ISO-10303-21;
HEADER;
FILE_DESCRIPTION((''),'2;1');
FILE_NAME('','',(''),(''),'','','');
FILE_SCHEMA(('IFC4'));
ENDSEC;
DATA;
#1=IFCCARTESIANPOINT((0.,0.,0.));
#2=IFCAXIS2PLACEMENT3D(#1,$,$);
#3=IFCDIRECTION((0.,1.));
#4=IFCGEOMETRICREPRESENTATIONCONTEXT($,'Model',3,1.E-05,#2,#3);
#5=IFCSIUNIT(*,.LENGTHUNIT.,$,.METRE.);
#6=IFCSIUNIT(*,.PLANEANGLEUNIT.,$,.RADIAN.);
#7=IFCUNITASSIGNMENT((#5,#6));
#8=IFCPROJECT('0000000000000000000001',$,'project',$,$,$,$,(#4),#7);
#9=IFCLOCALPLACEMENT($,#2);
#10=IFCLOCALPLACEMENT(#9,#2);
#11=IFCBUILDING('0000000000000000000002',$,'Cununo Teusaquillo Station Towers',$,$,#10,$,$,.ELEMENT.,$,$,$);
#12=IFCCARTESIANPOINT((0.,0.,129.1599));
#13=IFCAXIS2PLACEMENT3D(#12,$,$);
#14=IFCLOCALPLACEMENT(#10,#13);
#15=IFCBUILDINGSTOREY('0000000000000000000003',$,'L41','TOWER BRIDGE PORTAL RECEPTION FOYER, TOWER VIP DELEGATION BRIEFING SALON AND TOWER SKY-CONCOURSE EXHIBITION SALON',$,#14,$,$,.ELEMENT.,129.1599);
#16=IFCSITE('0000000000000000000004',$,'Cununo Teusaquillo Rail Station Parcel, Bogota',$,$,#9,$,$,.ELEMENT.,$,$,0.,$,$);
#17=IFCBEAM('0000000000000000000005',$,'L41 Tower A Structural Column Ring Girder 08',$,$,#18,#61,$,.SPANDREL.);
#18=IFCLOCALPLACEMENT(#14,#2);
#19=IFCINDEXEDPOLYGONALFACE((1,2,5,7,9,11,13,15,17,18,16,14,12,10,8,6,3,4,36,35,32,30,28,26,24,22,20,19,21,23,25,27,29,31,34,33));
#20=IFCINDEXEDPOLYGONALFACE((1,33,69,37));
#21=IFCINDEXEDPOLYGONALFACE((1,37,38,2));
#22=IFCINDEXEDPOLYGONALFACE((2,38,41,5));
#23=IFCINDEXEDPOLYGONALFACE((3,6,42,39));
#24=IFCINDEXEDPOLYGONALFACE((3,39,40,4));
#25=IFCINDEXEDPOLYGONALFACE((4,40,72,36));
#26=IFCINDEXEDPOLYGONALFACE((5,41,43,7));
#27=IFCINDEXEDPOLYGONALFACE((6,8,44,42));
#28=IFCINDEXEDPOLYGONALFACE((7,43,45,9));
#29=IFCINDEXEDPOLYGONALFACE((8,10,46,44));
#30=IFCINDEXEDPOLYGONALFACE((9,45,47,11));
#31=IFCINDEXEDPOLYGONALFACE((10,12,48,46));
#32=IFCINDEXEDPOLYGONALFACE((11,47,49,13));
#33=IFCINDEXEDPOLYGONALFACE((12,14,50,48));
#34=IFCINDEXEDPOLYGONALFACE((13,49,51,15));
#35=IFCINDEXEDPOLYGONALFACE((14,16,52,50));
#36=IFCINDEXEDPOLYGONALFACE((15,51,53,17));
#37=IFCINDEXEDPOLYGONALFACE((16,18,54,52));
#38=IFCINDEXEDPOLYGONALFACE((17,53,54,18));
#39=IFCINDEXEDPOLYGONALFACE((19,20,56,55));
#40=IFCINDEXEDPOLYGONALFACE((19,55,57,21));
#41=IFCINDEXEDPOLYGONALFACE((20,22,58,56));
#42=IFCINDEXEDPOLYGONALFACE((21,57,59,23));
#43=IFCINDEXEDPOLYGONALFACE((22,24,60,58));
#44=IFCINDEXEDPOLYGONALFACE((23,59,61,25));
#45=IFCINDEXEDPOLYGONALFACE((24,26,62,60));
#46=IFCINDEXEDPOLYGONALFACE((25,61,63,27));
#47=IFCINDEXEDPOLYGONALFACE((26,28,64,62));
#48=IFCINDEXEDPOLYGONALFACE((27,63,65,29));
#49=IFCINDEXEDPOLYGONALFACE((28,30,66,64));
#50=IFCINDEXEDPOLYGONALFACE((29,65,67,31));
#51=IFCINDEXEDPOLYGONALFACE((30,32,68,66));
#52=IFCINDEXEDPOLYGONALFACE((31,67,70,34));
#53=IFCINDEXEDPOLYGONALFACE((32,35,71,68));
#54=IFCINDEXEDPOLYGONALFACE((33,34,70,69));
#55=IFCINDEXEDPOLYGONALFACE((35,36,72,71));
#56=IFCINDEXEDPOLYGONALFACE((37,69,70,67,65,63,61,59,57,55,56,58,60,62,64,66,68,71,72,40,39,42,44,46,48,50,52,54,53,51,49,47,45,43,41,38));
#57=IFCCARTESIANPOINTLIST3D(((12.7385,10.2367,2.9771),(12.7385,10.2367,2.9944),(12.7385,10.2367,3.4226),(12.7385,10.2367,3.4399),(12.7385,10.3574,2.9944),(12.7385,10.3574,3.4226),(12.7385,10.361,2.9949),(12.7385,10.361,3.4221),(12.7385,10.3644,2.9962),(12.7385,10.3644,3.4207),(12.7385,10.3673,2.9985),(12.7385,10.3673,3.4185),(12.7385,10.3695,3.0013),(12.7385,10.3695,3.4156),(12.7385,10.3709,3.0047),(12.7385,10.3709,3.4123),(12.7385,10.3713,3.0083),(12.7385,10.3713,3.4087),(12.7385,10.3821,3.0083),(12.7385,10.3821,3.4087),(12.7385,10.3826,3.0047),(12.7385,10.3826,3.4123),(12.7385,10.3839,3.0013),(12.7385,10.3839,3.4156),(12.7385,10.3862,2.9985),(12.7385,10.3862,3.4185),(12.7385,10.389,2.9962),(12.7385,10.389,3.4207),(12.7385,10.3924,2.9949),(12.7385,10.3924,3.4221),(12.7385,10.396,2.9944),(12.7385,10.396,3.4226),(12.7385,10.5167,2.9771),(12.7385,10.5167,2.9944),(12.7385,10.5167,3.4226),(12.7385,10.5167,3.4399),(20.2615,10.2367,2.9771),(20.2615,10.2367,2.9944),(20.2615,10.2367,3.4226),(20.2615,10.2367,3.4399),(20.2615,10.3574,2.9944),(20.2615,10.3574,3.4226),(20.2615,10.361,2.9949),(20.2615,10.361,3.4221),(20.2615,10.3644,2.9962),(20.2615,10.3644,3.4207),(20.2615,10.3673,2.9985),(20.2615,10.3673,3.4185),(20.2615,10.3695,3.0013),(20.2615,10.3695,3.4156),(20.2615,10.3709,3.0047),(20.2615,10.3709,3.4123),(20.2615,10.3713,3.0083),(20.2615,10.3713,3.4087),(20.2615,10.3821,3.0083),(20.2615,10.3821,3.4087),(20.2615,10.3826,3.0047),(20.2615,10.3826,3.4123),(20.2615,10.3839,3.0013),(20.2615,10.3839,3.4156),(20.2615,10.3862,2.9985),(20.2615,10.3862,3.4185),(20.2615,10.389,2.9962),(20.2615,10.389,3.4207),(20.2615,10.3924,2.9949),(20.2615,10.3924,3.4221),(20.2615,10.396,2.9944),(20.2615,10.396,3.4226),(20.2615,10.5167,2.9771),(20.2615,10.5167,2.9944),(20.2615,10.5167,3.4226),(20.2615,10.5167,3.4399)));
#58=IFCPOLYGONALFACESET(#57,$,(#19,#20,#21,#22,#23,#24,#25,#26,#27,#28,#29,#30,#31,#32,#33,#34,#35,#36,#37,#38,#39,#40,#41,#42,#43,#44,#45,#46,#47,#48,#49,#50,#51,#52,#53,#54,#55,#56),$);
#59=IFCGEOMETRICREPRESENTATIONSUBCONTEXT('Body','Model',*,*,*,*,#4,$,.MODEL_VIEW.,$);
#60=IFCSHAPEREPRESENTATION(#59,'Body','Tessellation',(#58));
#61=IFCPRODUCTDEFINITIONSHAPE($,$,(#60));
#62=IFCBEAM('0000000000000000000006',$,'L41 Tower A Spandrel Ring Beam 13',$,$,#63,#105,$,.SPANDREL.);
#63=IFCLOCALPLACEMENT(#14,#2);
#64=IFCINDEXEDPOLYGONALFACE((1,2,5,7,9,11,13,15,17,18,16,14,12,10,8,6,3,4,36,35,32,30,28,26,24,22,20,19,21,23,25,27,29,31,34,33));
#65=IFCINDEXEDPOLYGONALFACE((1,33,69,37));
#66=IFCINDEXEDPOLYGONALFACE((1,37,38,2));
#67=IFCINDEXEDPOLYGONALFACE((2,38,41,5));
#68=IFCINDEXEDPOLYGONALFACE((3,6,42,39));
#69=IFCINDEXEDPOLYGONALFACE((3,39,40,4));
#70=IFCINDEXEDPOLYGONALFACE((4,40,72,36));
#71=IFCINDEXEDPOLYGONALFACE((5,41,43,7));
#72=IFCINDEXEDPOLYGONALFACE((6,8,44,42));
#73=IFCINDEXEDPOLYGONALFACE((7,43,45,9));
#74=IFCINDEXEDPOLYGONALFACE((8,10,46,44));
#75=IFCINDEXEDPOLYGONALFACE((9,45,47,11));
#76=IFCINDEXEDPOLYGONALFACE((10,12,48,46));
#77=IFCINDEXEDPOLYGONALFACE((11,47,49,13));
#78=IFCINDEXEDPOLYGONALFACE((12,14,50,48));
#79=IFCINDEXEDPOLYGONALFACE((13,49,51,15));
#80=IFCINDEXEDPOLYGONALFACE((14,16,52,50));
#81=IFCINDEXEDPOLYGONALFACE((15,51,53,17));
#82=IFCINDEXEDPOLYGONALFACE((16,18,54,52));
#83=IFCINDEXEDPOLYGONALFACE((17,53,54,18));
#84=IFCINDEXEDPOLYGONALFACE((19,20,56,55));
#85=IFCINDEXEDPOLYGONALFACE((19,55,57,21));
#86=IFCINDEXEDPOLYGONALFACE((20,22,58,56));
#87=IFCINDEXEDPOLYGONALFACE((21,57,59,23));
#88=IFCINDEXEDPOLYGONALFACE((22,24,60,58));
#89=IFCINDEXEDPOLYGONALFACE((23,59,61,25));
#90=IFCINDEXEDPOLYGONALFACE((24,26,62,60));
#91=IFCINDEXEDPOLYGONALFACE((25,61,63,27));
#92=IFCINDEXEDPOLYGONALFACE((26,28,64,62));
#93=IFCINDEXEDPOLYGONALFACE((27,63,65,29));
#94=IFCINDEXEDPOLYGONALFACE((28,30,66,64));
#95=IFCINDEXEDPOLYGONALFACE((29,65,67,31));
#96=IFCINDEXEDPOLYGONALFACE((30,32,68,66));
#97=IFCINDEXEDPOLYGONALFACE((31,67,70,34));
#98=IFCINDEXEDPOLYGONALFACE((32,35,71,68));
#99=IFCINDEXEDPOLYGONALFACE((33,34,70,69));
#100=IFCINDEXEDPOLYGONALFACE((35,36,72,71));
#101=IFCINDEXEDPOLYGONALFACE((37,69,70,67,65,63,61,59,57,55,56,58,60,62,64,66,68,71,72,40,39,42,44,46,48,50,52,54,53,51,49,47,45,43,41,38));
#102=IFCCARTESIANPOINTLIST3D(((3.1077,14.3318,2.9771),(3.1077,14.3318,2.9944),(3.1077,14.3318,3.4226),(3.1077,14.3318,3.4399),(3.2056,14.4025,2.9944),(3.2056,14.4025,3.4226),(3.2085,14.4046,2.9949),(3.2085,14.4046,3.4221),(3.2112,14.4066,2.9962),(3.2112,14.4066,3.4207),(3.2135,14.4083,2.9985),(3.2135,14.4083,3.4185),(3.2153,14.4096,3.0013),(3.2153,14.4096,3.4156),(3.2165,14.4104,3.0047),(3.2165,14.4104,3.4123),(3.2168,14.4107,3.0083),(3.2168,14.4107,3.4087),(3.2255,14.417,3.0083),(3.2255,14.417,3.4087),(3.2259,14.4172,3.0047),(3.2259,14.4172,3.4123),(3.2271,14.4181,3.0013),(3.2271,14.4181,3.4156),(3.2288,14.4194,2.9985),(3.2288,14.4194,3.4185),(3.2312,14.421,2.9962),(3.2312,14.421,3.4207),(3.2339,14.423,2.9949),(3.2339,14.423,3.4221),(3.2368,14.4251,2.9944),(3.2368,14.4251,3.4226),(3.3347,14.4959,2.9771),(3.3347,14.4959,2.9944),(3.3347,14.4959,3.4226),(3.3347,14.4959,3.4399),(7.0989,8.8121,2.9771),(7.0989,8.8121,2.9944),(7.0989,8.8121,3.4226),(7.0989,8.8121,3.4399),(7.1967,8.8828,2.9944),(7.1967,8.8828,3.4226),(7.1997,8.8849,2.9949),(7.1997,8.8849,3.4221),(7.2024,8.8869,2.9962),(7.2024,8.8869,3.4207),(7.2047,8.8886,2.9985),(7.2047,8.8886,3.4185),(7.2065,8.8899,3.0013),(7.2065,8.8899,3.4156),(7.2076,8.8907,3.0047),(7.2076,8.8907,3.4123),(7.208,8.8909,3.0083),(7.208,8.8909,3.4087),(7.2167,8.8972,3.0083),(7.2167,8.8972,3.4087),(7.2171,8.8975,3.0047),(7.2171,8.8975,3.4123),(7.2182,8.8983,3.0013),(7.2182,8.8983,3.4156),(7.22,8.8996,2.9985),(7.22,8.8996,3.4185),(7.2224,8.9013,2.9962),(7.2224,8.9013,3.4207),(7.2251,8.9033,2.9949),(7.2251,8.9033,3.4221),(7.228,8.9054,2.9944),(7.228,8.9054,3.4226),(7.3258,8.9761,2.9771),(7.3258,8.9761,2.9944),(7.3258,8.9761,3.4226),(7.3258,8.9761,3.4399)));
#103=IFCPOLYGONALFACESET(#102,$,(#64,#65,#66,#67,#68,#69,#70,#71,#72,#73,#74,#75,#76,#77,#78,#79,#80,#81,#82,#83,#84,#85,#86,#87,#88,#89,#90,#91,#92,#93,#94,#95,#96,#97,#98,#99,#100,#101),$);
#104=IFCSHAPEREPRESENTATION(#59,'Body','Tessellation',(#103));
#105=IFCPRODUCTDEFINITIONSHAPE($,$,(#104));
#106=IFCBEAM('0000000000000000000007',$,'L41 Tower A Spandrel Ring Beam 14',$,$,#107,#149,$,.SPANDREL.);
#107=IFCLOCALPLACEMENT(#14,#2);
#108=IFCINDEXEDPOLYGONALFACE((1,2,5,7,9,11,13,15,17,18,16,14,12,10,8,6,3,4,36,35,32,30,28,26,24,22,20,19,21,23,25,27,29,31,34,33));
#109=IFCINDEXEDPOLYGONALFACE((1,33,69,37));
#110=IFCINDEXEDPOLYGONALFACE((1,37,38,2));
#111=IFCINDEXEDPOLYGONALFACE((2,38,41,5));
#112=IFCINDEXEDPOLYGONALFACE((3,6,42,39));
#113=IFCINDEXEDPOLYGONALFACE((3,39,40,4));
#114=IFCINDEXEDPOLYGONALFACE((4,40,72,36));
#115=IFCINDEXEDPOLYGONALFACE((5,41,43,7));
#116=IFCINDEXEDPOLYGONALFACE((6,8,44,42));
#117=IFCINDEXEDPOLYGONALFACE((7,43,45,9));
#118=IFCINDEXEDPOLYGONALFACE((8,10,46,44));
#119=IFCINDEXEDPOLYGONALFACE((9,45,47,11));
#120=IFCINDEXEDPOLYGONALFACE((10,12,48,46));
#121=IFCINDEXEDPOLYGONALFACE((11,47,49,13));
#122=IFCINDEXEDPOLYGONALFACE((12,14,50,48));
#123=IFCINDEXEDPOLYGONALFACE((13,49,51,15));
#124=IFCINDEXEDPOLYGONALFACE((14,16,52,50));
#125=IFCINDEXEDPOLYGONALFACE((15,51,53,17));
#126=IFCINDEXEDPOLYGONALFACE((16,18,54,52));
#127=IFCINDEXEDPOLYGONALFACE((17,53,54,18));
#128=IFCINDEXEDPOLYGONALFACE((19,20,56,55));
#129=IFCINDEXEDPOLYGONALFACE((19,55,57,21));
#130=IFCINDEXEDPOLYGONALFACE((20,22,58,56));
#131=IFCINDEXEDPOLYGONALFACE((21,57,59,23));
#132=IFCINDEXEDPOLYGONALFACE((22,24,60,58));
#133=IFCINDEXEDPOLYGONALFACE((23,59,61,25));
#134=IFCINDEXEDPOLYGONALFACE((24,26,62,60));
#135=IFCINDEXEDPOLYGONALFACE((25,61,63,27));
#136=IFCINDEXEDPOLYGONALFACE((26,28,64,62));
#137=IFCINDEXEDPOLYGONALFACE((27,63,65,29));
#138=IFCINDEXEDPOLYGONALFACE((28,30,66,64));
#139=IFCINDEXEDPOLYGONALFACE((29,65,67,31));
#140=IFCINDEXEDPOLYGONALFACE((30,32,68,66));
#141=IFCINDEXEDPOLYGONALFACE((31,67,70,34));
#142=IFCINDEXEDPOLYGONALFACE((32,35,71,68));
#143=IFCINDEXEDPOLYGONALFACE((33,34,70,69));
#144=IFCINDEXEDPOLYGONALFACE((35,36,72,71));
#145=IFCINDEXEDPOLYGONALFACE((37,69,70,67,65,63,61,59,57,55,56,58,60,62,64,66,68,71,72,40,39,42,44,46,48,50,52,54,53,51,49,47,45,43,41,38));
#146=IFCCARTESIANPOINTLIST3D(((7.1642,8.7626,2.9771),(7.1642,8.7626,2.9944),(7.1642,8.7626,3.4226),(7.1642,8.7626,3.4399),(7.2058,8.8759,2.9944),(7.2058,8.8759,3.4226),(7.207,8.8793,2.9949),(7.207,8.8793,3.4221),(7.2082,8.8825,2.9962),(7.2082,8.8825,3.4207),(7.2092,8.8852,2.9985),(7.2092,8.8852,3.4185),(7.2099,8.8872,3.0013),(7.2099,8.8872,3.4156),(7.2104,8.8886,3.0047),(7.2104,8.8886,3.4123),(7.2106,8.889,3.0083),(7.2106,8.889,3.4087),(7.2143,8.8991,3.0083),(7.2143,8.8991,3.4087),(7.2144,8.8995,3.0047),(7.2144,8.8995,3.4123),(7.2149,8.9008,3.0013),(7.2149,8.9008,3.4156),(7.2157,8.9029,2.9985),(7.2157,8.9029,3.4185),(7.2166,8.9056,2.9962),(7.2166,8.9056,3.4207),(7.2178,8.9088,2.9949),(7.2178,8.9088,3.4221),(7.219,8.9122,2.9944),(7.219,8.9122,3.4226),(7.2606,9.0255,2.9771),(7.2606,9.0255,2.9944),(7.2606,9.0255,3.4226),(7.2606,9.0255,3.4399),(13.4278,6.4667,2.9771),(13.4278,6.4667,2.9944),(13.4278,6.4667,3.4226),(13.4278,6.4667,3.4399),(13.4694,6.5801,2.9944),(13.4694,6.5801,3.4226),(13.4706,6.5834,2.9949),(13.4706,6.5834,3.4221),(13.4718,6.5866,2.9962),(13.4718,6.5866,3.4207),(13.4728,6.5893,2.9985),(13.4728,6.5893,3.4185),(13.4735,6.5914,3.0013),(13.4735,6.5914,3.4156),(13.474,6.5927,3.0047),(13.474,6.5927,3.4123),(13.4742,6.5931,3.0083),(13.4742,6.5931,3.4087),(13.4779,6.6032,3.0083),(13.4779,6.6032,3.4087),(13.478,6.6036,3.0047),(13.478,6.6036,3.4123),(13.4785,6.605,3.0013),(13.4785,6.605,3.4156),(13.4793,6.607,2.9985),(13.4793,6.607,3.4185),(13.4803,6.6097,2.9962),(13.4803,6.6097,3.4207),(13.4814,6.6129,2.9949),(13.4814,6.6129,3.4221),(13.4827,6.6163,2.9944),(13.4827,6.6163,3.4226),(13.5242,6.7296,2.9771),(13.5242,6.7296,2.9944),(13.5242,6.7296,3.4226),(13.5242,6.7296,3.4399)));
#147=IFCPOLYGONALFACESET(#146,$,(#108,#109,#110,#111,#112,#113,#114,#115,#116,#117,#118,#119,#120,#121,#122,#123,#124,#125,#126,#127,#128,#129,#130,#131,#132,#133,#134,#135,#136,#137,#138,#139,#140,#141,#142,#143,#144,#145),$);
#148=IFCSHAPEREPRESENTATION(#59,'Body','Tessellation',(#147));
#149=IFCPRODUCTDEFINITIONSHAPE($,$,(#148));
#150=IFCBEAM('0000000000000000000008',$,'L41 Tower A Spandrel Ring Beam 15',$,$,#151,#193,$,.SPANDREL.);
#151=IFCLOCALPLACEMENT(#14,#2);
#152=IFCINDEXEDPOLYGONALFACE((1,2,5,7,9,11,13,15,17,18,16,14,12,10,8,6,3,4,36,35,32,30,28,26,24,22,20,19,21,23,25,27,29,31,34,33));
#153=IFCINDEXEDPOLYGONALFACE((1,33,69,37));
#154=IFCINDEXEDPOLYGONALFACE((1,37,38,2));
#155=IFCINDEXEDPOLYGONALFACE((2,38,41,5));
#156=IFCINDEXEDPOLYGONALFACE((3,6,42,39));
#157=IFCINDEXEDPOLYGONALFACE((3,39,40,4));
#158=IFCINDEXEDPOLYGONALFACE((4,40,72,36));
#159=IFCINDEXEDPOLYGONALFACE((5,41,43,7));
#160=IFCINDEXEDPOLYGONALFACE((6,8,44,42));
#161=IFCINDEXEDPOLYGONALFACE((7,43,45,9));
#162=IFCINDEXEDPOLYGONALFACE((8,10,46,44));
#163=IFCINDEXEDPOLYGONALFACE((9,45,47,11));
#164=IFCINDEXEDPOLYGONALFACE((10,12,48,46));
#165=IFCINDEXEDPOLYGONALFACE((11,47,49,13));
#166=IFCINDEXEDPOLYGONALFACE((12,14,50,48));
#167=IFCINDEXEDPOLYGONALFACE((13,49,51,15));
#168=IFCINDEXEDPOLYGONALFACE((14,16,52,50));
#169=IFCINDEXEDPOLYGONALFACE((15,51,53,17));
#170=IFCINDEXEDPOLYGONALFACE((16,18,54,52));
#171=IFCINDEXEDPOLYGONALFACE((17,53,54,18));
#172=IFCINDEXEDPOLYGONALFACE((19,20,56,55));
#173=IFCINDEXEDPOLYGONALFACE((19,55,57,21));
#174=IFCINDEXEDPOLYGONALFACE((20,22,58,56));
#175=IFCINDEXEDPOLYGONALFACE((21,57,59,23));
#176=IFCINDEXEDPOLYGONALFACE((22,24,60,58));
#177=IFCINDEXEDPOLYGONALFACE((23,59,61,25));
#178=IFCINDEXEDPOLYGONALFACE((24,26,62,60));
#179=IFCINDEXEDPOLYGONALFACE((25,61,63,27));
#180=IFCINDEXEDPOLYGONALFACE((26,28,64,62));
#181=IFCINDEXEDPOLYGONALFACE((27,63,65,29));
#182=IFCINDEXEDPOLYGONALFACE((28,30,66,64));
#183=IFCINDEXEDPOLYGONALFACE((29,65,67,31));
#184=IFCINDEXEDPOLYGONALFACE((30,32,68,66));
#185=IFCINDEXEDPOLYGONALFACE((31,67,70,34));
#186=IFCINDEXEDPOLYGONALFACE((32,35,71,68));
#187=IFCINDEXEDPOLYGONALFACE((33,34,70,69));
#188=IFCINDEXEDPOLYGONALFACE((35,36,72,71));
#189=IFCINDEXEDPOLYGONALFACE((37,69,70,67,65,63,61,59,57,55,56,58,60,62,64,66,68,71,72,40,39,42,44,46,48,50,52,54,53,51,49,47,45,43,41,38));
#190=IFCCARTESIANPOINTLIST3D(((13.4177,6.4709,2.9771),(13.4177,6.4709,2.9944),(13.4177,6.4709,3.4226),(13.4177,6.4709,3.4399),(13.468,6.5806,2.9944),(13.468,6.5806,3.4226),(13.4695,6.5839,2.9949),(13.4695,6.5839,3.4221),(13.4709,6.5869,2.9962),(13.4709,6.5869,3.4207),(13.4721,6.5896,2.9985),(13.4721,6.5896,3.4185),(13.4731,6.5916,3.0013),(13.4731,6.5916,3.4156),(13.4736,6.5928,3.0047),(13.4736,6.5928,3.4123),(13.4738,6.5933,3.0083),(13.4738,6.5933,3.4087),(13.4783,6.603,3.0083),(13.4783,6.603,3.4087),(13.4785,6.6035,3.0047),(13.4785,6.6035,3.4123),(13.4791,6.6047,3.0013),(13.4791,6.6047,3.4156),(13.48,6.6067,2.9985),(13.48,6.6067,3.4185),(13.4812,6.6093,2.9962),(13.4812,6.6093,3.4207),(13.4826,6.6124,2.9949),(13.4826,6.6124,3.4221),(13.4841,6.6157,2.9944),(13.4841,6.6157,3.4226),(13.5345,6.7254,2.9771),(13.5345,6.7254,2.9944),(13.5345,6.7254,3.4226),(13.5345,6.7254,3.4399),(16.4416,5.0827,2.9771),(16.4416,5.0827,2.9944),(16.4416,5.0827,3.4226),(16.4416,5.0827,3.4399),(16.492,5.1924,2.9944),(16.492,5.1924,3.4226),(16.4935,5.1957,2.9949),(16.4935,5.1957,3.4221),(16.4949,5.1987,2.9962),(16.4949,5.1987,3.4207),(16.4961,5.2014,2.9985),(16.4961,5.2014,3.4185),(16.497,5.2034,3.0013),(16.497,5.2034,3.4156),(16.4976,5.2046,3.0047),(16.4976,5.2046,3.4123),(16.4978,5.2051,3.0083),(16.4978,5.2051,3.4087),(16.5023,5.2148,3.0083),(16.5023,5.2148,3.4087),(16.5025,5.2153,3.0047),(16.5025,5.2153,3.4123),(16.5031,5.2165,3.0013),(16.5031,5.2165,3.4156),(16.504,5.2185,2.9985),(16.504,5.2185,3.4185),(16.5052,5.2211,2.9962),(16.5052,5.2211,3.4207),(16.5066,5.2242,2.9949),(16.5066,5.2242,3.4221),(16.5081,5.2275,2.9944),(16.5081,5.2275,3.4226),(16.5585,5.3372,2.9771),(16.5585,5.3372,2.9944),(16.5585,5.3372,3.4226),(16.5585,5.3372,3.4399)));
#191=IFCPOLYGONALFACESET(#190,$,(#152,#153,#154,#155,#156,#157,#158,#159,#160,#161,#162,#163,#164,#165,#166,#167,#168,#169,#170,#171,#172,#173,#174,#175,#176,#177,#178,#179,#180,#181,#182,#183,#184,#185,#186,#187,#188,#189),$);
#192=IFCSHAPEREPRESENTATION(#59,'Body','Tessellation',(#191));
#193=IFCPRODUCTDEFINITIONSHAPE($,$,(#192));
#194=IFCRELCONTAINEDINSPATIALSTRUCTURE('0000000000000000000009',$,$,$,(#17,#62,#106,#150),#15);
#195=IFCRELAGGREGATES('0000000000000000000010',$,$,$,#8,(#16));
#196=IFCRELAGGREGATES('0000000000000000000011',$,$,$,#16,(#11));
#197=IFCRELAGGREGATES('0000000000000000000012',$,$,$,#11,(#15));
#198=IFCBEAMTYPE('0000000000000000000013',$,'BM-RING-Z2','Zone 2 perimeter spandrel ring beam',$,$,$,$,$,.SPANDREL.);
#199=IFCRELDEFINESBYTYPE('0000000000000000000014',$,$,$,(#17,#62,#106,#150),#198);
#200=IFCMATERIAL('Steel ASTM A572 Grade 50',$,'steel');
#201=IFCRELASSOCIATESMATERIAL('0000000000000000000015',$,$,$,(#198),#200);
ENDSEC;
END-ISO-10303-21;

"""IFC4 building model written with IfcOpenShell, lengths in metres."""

from ifc_helpers import new_model, si_unit, direction, frame, origin, origin_2d, place, context, subcontext, project, spatial, i_section, extrude, material, material_profile, profile_set, type_object, element, save


model = new_model("IFC4")

# Units and contexts
model_context = context("Model", 3, precision=1e-05, world=origin(), true_north=direction((0.0, 1.0)))
body_context = subcontext(model_context, "Body", "Model", "MODEL_VIEW")
ifc_project = project(units=[si_unit("LENGTHUNIT", "METRE"), si_unit("PLANEANGLEUNIT", "RADIAN")], contexts=[model_context])

# Site, building, storey
site_placement = place(None, origin())
site = spatial("IfcSite", under=ifc_project, at=site_placement, Name="Cununo Teusaquillo Rail Station Parcel, Bogota", CompositionType="ELEMENT", RefElevation=0.0)
building_placement = place(site_placement, origin())
building = spatial("IfcBuilding", under=site, at=building_placement, Name="Cununo Teusaquillo Station Towers", CompositionType="ELEMENT")
storey_placement = place(building_placement, frame((0.0, 0.0, 129.1599)))
storey = spatial("IfcBuildingStorey", under=building, at=storey_placement, Name="L41", Description="TOWER BRIDGE PORTAL RECEPTION FOYER, TOWER VIP DELEGATION BRIEFING SALON AND TOWER SKY-CONCOURSE EXHIBITION SALON", CompositionType="ELEMENT", Elevation=129.1599)

# Beams
ifc_material_1 = material(Name="Steel ASTM A572 Grade 50", Category="steel")
ifc_material_profile_1 = material_profile(ifc_material_1, i_section(OverallWidth=0.28, OverallDepth=0.4629, WebThickness=0.0107, FlangeThickness=0.0173, FilletRadius=0.0139, at=origin_2d()), Name="W18X76")
ifc_profile_set_1 = profile_set([ifc_material_profile_1], Name="Steel ASTM A572 Grade 50")
beam_type = type_object("IfcBeamType", Name="BM-RING-Z2", Description="Zone 2 perimeter spandrel ring beam", PredefinedType="SPANDREL", material=ifc_profile_set_1)
beam_1_placement = place(storey_placement, frame((12.7385, 10.3767, 3.2085), z_axis=(1.0, 0.0, 0.0), x_axis=(0.0, 1.0, 0.0)))
element("IfcBeam", 1, at=beam_1_placement, inside=storey, type_object=beam_type, Name="L41 Tower A Structural Column Ring Girder 08", PredefinedType="SPANDREL", context=body_context, shape_type="SweptSolid", body=[
    extrude(i_section(OverallWidth=0.28, OverallDepth=0.4629, WebThickness=0.0107, FlangeThickness=0.0173, FilletRadius=0.0139, at=origin_2d()), origin(), (0.0, 0.0, 1.0), 7.5229),
])
beam_2_placement = place(storey_placement, frame((3.2212, 14.4138, 3.2085), z_axis=(0.585945, -0.810351, 0.0), x_axis=(0.810351, 0.585945, 0.0)))
element("IfcBeam", 2, at=beam_2_placement, inside=storey, type_object=beam_type, Name="L41 Tower A Spandrel Ring Beam 13", PredefinedType="SPANDREL", context=body_context, shape_type="SweptSolid", body=[
    extrude(i_section(OverallWidth=0.28, OverallDepth=0.4629, WebThickness=0.0107, FlangeThickness=0.0173, FilletRadius=0.0139, at=origin_2d()), origin(), (0.0, 0.0, 1.0), 6.8115),
])
beam_3_placement = place(storey_placement, frame((7.2124, 8.894, 3.2085), z_axis=(0.938914, -0.344151, 0.0), x_axis=(0.344151, 0.938914, 0.0)))
element("IfcBeam", 3, at=beam_3_placement, inside=storey, type_object=beam_type, Name="L41 Tower A Spandrel Ring Beam 14", PredefinedType="SPANDREL", context=body_context, shape_type="SweptSolid", body=[
    extrude(i_section(OverallWidth=0.28, OverallDepth=0.4629, WebThickness=0.0107, FlangeThickness=0.0173, FilletRadius=0.0139, at=origin_2d()), origin(), (0.0, 0.0, 1.0), 6.6711),
])
beam_4_placement = place(storey_placement, frame((13.4761, 6.5981, 3.2085), z_axis=(0.908812, -0.417205, 0.0), x_axis=(0.417205, 0.908812, 0.0)))
element("IfcBeam", 4, at=beam_4_placement, inside=storey, type_object=beam_type, Name="L41 Tower A Spandrel Ring Beam 15", PredefinedType="SPANDREL", context=body_context, shape_type="SweptSolid", body=[
    extrude(i_section(OverallWidth=0.28, OverallDepth=0.4629, WebThickness=0.0107, FlangeThickness=0.0173, FilletRadius=0.0139, at=origin_2d()), origin(), (0.0, 0.0, 1.0), 3.3274),
])

save(model, "model.ifc")
